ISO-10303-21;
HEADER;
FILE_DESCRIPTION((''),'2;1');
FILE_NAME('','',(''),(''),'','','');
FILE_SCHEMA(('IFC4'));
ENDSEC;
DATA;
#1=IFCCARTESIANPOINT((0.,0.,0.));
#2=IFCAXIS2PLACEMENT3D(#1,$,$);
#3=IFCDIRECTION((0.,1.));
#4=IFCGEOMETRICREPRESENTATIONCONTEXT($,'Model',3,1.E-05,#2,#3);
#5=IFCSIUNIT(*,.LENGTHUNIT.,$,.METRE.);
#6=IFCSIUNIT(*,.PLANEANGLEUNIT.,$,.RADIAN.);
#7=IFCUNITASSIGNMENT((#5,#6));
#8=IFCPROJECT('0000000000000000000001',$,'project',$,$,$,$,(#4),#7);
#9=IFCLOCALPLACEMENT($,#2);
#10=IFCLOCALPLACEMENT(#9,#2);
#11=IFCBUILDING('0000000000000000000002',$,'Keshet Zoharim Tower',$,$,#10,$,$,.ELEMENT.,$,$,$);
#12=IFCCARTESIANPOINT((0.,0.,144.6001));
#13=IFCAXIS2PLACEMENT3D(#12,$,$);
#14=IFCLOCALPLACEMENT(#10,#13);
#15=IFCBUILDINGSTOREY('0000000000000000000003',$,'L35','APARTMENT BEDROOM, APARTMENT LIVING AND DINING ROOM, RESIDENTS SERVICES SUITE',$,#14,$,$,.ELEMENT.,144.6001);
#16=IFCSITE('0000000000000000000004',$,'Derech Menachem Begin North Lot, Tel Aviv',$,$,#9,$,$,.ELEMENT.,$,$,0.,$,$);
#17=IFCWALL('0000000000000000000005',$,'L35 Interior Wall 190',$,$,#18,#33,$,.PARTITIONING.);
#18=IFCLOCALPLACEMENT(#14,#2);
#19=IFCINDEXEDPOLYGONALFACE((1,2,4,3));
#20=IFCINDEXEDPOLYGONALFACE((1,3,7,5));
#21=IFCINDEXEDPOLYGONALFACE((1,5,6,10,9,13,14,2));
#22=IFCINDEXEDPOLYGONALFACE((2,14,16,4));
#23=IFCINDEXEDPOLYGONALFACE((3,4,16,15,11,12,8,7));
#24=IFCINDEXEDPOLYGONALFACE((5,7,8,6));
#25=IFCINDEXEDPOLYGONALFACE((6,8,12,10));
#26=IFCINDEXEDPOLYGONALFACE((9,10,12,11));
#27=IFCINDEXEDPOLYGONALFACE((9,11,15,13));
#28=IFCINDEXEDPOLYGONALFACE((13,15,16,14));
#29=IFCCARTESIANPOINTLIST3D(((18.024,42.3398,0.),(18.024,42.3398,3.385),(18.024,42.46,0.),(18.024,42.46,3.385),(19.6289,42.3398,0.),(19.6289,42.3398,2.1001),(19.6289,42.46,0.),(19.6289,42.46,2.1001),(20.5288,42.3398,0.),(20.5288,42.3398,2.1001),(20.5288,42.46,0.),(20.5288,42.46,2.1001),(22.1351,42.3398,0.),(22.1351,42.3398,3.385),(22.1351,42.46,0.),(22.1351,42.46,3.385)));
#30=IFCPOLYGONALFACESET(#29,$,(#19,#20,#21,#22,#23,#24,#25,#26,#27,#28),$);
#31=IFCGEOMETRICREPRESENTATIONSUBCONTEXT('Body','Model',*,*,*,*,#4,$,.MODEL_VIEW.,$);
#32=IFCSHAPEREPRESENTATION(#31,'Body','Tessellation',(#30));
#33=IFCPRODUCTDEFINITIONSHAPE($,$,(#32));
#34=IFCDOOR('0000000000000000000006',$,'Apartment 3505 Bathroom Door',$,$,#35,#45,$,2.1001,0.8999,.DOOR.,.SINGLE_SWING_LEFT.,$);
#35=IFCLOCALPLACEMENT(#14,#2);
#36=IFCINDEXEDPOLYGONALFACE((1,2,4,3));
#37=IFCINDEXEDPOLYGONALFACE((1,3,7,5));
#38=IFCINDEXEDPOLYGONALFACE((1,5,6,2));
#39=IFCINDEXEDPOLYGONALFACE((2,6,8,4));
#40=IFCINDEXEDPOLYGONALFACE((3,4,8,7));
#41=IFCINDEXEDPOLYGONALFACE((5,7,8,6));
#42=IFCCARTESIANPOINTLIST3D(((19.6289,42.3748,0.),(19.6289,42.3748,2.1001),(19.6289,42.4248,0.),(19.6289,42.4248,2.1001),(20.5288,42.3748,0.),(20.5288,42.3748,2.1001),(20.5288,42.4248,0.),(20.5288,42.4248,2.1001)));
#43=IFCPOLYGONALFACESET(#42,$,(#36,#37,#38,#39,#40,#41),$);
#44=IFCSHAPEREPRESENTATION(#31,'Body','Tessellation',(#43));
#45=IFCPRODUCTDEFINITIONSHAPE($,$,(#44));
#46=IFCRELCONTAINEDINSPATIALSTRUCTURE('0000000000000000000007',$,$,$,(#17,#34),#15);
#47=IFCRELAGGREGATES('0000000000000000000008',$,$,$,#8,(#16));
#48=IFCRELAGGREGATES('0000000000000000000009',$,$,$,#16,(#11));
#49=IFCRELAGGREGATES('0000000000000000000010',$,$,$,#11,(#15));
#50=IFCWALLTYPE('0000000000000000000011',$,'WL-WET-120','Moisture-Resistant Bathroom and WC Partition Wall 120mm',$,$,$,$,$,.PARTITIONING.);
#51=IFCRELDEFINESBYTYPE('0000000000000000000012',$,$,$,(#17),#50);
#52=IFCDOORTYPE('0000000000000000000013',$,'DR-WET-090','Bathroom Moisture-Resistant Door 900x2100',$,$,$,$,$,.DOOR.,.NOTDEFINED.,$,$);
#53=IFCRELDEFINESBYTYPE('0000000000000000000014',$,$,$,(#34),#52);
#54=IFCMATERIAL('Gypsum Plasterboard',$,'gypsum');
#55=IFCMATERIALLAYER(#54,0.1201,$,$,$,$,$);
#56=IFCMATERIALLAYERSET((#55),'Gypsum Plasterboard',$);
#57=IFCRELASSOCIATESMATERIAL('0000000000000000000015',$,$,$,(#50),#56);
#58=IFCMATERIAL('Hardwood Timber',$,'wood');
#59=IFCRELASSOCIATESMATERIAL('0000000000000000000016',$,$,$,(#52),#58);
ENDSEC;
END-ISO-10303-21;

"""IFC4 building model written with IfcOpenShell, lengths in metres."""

from ifc_helpers import new_model, si_unit, direction, frame, frame_2d, origin, place, context, subcontext, project, spatial, rectangle, extrude, material, layer, layer_set, type_object, element, fill, save


model = new_model("IFC4")

# Units and contexts
model_context = context("Model", 3, precision=1e-05, world=origin(), true_north=direction((0.0, 1.0)))
body_context = subcontext(model_context, "Body", "Model", "MODEL_VIEW")
ifc_project = project(units=[si_unit("LENGTHUNIT", "METRE"), si_unit("PLANEANGLEUNIT", "RADIAN")], contexts=[model_context])

# Site, building, storey
site_placement = place(None, origin())
site = spatial("IfcSite", under=ifc_project, at=site_placement, Name="Derech Menachem Begin North Lot, Tel Aviv", CompositionType="ELEMENT", RefElevation=0.0)
building_placement = place(site_placement, origin())
building = spatial("IfcBuilding", under=site, at=building_placement, Name="Keshet Zoharim Tower", CompositionType="ELEMENT")
storey_placement = place(building_placement, frame((0.0, 0.0, 144.6001)))
storey = spatial("IfcBuildingStorey", under=building, at=storey_placement, Name="L35", Description="APARTMENT BEDROOM, APARTMENT LIVING AND DINING ROOM, RESIDENTS SERVICES SUITE", CompositionType="ELEMENT", Elevation=144.6001)

# Shared definitions
ifc_material_1 = material(Name="Gypsum Plasterboard", Category="gypsum")

# Shared definitions
ifc_material_2 = material(Name="Hardwood Timber", Category="wood")

# Shared definitions
ifc_layer_1 = layer(ifc_material_1, 0.1201)
ifc_layer_set_1 = layer_set([ifc_layer_1], Name="Gypsum Plasterboard")
wall_type_1 = type_object("IfcWallType", Name="WL-WET-120", Description="Moisture-Resistant Bathroom and WC Partition Wall 120mm", PredefinedType="PARTITIONING", material=ifc_layer_set_1)

# Wall, opening, door
wall_1_placement = place(storey_placement, frame((18.0239, 42.3999, 0.0), z_axis=(0.0, 0.0, 1.0), x_axis=(1.0, 0.0, 0.0)))
wall_1 = element("IfcWall", 1, at=wall_1_placement, inside=storey, type_object=wall_type_1, Name="L35 Interior Wall 190", PredefinedType="PARTITIONING", context=body_context, shape_type="SweptSolid", body=[
    extrude(rectangle(XDim=4.1111, YDim=0.1201, at=frame_2d((2.0557, 0.0))), origin(), (0.0, 0.0, 1.0), 3.385),
])
opening_1_placement = place(wall_1_placement, frame((1.605, 0.0, 0.0)))
opening_1 = element("IfcOpeningElement", 2, at=opening_1_placement, cuts=wall_1, PredefinedType="OPENING", context=body_context, shape_type="SweptSolid", body=[
    extrude(rectangle(XDim=0.8999, YDim=2.1001, at=frame_2d((0.45, 1.05))), frame((0.0, 0.0701, 0.0), z_axis=(0.0, -1.0, 0.0), x_axis=(1.0, 0.0, 0.0)), (0.0, 0.0, 1.0), 0.1401),
])
door_type_1 = type_object("IfcDoorType", Name="DR-WET-090", Description="Bathroom Moisture-Resistant Door 900x2100", OperationType="NOTDEFINED", PredefinedType="DOOR", material=ifc_material_2)
door_1_placement = place(opening_1_placement, origin())
door_1 = element("IfcDoor", 3, at=door_1_placement, inside=storey, type_object=door_type_1, Name="Apartment 3505 Bathroom Door", OperationType="SINGLE_SWING_LEFT", OverallHeight=2.1001, OverallWidth=0.8999, PredefinedType="DOOR", context=body_context, shape_type="SweptSolid", body=[
    extrude(rectangle(XDim=0.8999, YDim=2.1001, at=frame_2d((0.45, 1.05))), frame((0.0, 0.0249, 0.0), z_axis=(0.0, -1.0, 0.0), x_axis=(1.0, 0.0, 0.0)), (0.0, 0.0, 1.0), 0.05),
])
fill(opening_1, door_1)

save(model, "model.ifc")
